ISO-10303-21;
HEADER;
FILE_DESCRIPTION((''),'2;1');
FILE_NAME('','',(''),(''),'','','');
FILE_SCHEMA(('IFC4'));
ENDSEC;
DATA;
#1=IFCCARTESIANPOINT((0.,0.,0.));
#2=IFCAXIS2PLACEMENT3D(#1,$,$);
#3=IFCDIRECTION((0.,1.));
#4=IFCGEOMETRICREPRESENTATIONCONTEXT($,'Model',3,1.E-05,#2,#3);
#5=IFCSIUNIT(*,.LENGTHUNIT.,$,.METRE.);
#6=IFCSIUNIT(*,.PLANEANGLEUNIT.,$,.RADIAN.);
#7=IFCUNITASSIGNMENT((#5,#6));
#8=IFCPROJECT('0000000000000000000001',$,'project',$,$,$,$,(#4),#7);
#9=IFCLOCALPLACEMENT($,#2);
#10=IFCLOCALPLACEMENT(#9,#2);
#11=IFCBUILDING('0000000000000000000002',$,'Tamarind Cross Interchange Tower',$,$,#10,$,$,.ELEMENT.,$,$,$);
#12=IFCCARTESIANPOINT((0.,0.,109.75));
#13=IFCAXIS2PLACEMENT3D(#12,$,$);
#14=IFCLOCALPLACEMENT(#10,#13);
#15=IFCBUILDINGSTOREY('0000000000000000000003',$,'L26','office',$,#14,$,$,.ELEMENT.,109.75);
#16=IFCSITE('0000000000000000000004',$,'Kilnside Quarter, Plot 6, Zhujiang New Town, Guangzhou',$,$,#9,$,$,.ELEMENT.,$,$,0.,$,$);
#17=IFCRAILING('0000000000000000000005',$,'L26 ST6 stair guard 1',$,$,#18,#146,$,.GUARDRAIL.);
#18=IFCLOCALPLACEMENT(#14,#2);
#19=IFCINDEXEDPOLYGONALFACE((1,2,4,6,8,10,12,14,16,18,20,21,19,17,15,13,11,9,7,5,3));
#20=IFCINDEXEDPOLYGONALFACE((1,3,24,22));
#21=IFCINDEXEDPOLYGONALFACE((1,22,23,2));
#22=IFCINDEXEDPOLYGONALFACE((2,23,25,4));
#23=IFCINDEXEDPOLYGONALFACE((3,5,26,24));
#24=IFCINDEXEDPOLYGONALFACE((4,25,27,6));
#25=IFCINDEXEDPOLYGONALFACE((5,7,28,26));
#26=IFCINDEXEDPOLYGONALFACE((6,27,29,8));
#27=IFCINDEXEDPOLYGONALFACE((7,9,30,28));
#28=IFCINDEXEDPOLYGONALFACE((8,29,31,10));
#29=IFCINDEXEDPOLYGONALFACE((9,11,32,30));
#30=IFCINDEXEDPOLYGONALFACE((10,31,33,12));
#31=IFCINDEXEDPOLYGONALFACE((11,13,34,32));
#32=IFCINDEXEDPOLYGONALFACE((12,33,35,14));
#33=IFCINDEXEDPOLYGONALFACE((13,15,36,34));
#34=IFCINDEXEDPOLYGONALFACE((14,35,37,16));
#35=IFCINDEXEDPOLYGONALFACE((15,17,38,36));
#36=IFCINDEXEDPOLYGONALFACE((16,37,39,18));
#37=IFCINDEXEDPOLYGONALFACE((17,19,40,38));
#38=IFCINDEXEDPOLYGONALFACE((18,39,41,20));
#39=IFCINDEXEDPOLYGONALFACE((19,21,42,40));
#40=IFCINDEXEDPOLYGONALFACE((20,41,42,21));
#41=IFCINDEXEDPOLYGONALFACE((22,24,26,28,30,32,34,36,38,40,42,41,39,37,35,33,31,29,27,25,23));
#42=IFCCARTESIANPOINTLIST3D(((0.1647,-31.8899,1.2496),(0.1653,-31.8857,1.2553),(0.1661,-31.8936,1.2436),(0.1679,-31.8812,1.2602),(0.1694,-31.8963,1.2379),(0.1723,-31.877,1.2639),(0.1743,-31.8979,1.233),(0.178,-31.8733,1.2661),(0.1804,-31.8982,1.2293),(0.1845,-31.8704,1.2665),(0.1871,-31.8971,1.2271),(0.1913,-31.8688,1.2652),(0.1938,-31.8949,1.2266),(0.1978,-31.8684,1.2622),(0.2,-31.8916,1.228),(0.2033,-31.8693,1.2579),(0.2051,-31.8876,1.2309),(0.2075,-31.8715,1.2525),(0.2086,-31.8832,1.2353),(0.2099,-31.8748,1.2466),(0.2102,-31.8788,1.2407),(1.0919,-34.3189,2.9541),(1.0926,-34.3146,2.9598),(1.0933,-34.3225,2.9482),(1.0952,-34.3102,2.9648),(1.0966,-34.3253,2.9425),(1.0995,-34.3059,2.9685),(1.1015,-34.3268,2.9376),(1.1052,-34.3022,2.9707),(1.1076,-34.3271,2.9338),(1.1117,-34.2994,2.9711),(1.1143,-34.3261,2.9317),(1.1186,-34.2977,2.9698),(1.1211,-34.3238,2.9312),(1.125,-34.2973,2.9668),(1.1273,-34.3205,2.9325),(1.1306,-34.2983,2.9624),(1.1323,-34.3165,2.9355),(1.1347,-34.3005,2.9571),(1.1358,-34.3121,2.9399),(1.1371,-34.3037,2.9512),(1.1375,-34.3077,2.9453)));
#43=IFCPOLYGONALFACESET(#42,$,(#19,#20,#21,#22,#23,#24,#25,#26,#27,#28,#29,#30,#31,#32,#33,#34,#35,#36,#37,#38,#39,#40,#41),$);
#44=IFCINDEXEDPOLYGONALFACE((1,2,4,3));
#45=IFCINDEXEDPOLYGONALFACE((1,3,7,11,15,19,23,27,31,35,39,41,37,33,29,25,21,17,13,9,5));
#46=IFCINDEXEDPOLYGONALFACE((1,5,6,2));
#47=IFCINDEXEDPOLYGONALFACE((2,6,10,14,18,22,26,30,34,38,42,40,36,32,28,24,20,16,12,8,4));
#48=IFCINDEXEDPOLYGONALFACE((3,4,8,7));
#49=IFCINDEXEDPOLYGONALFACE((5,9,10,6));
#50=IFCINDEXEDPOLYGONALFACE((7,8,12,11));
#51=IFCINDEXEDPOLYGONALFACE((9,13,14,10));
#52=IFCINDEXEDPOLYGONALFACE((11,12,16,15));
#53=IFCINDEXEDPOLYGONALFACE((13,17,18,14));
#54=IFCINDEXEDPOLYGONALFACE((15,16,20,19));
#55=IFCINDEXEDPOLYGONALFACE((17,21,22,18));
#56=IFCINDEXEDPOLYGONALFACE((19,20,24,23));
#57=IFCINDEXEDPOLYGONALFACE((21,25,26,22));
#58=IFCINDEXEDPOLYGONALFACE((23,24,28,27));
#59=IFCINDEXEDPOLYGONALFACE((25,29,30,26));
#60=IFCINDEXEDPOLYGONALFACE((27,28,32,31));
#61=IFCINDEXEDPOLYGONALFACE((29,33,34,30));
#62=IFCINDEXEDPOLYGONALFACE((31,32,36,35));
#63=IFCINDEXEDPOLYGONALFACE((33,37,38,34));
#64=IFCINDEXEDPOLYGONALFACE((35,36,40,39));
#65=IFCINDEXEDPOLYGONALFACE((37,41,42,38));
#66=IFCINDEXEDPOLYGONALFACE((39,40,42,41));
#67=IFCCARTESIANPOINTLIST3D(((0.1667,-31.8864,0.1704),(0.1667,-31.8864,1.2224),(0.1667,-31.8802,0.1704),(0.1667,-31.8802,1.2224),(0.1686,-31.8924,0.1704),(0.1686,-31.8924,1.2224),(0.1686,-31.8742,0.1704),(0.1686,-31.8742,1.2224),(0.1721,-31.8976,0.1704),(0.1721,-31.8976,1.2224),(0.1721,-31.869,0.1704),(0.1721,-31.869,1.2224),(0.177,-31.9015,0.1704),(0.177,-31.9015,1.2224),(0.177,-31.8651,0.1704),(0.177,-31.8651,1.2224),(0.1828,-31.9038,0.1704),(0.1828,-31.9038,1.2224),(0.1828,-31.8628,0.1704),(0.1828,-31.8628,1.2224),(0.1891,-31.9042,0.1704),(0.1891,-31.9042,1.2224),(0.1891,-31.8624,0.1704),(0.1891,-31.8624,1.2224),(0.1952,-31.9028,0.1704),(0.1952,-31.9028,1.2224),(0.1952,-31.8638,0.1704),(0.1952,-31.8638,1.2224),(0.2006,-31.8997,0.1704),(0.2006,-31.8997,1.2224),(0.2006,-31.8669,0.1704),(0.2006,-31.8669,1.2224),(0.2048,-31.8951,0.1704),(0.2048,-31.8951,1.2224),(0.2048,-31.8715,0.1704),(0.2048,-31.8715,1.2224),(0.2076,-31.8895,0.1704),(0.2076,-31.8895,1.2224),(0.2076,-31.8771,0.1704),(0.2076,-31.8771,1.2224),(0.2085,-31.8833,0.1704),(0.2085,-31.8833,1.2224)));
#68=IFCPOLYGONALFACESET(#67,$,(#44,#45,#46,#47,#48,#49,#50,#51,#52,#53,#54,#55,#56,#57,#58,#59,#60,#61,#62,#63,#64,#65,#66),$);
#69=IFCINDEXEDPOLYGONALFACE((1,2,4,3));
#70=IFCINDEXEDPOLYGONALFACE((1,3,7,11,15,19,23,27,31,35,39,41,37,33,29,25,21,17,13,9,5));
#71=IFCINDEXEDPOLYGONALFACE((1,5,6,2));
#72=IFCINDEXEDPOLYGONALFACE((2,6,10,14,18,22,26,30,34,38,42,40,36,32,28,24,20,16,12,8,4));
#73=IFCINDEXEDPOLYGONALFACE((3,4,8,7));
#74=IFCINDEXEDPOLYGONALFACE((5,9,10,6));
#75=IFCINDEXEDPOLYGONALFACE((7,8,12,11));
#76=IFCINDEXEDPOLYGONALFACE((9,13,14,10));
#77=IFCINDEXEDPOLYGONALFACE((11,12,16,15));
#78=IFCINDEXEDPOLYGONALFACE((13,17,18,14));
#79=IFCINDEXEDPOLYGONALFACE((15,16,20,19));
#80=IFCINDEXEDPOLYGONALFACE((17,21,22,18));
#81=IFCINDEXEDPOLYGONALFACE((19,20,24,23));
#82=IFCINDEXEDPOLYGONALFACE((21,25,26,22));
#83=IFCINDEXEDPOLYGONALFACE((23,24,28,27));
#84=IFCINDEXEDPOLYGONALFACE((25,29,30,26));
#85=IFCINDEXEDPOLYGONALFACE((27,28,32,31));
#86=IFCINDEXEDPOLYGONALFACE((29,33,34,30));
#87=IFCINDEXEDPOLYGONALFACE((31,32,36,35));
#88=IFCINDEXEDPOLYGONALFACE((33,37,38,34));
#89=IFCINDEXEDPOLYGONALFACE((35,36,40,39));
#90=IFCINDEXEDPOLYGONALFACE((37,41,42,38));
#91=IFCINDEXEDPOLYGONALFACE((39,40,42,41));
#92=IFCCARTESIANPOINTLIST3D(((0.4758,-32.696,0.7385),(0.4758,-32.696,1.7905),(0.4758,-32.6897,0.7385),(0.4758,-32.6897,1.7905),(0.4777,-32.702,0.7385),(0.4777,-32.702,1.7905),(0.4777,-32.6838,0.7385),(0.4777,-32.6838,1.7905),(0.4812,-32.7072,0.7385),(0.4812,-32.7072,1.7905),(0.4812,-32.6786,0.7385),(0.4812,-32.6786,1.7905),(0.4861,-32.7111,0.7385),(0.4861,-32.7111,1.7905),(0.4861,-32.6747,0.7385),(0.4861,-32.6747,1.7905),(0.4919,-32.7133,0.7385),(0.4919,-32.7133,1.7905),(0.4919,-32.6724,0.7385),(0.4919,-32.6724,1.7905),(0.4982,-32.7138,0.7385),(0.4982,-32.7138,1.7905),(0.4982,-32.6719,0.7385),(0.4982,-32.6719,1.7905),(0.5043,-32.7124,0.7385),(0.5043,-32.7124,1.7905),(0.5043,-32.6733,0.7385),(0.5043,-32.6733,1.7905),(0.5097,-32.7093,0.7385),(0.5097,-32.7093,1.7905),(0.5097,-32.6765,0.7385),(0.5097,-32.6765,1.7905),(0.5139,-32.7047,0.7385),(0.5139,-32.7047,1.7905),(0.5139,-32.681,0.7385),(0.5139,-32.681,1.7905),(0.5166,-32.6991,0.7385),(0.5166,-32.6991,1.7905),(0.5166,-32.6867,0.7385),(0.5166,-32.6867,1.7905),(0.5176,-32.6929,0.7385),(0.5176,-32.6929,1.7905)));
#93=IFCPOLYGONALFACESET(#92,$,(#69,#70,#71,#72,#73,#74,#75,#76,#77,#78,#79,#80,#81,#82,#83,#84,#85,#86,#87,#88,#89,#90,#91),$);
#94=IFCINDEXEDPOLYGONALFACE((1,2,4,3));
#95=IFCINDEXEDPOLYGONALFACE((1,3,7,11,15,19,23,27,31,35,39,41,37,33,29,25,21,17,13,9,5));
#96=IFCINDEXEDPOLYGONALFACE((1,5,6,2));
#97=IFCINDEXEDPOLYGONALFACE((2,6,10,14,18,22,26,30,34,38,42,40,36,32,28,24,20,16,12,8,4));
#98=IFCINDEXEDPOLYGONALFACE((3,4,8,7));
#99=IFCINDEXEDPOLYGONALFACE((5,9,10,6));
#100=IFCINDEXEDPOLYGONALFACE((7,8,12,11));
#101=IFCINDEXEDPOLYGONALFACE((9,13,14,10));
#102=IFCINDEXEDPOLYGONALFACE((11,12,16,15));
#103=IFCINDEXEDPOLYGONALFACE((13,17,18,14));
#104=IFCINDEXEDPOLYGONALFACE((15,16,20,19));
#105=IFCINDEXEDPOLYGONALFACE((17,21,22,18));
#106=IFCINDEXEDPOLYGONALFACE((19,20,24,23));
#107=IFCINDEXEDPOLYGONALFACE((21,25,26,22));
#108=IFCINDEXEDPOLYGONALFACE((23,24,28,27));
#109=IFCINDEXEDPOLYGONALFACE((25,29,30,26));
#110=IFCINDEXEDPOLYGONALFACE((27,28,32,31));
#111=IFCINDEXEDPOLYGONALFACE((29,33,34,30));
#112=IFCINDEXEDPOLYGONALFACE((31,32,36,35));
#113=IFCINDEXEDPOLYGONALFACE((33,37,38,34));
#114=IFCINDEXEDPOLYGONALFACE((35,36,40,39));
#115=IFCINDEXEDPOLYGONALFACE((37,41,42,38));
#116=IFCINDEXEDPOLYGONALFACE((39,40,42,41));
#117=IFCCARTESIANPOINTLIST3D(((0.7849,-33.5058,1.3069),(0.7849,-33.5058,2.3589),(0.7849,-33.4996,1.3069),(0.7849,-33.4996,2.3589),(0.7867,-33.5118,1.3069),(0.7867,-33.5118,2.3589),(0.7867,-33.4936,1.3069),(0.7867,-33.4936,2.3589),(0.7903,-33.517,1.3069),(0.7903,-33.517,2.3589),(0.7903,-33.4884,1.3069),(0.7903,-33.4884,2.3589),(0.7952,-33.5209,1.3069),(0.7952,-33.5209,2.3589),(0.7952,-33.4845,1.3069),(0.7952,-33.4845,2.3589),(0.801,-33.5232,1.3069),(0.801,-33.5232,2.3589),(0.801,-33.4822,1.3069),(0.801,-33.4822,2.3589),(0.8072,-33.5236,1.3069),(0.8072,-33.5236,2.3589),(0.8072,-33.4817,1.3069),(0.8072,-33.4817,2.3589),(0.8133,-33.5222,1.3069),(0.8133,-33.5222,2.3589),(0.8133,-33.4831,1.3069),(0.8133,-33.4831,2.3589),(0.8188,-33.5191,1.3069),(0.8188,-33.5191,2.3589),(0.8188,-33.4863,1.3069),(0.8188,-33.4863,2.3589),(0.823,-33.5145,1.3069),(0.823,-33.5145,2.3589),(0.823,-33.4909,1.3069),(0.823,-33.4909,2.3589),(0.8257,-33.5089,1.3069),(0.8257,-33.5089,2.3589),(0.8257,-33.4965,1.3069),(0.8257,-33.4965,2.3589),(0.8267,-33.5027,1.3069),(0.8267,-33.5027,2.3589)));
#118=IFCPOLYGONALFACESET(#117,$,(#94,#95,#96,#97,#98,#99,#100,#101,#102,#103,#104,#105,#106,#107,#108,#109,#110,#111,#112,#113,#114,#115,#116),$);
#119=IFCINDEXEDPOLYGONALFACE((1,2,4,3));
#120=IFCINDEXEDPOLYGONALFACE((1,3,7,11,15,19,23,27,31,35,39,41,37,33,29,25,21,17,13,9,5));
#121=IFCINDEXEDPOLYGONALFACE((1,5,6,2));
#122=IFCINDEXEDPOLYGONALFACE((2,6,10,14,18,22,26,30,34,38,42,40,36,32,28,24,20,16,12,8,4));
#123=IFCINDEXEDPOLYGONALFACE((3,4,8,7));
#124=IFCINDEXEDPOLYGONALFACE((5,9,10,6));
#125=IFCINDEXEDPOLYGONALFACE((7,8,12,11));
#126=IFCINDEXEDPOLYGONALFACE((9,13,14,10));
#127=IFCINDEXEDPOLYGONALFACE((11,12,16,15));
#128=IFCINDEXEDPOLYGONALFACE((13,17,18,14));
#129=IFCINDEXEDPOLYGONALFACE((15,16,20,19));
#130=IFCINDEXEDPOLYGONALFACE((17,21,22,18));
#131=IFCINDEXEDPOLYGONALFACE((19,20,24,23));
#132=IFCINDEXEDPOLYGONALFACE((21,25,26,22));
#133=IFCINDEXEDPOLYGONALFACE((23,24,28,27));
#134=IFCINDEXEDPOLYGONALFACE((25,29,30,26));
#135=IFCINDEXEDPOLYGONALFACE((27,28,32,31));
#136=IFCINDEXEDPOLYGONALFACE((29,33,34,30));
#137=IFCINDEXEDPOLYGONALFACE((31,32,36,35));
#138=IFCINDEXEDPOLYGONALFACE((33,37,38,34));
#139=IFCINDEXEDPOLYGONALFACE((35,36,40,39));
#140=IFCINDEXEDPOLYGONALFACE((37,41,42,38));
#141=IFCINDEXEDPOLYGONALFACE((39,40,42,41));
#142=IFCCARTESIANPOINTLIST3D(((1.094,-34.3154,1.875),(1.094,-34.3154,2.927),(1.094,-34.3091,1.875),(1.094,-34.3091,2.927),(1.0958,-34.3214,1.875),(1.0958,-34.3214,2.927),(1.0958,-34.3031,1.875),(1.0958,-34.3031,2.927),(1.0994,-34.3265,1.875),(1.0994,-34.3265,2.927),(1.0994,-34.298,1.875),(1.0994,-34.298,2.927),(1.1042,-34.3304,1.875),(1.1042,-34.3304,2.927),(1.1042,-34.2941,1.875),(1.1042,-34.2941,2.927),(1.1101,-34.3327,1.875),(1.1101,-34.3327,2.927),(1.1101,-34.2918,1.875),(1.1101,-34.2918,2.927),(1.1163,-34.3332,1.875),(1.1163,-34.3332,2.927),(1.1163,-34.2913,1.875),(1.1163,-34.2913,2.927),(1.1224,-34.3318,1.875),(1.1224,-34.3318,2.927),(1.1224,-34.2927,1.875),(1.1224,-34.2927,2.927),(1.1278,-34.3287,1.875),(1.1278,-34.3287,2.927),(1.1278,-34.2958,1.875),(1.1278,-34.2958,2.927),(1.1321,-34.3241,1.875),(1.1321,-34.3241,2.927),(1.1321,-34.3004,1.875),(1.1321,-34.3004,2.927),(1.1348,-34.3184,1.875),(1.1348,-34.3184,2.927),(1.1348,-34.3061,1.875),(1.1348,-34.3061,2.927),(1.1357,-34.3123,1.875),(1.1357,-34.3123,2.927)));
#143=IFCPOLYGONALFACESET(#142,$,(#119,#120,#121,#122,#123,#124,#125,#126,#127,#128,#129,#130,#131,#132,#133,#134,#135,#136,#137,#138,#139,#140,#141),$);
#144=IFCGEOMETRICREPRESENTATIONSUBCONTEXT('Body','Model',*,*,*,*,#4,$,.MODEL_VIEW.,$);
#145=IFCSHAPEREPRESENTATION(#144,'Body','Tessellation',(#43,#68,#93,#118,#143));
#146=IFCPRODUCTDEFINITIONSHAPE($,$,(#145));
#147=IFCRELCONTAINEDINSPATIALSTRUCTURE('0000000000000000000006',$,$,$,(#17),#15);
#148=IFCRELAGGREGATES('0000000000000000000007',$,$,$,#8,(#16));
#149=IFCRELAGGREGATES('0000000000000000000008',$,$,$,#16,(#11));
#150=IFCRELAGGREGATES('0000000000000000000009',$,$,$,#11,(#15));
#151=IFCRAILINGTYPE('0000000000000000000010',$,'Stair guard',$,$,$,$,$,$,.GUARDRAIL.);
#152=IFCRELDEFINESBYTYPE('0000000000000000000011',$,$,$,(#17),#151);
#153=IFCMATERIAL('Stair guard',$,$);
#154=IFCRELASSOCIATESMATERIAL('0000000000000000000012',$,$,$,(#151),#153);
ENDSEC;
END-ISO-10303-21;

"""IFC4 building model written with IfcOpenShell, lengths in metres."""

from ifc_helpers import new_model, si_unit, direction, frame, origin, origin_2d, place, context, subcontext, project, spatial, circle, extrude, material, type_object, element, save


model = new_model("IFC4")

# Units and contexts
model_context = context("Model", 3, precision=1e-05, world=origin(), true_north=direction((0.0, 1.0)))
body_context = subcontext(model_context, "Body", "Model", "MODEL_VIEW")
ifc_project = project(units=[si_unit("LENGTHUNIT", "METRE"), si_unit("PLANEANGLEUNIT", "RADIAN")], contexts=[model_context])

# Site, building, storey
site_placement = place(None, origin())
site = spatial("IfcSite", under=ifc_project, at=site_placement, Name="Kilnside Quarter, Plot 6, Zhujiang New Town, Guangzhou", CompositionType="ELEMENT", RefElevation=0.0)
building_placement = place(site_placement, origin())
building = spatial("IfcBuilding", under=site, at=building_placement, Name="Tamarind Cross Interchange Tower", CompositionType="ELEMENT")
storey_placement = place(building_placement, frame((0.0, 0.0, 109.75)))
storey = spatial("IfcBuildingStorey", under=building, at=storey_placement, Name="L26", Description="office", CompositionType="ELEMENT", Elevation=109.75)

# Railing
ifc_material_1 = material(Name="Stair guard")
railing_type_1 = type_object("IfcRailingType", Name="Stair guard", PredefinedType="GUARDRAIL", material=ifc_material_1)
railing_1_placement = place(storey_placement, frame((0.1875, -31.8833, 0.1704)))
element("IfcRailing", 1, at=railing_1_placement, inside=storey, type_object=railing_type_1, Name="L26 ST6 stair guard 1", PredefinedType="GUARDRAIL", context=body_context, shape_type="SweptSolid", body=[
    extrude(circle(Radius=0.0239, at=origin_2d()), frame((0.0, 0.0, 1.0762), z_axis=(0.298256, -0.781292, 0.548294), x_axis=(0.934241, 0.356643, 0.0)), (0.0, 0.0, 1.0), 3.1089),
    extrude(circle(Radius=0.021, at=origin_2d()), origin(), (0.0, 0.0, 1.0), 1.052),
    extrude(circle(Radius=0.021, at=origin_2d()), frame((0.3091, -0.8096, 0.5681)), (0.0, 0.0, 1.0), 1.052),
    extrude(circle(Radius=0.021, at=origin_2d()), frame((0.6182, -1.6194, 1.1365)), (0.0, 0.0, 1.0), 1.052),
    extrude(circle(Radius=0.021, at=origin_2d()), frame((0.9272, -2.429, 1.7046)), (0.0, 0.0, 1.0), 1.052),
])

save(model, "model.ifc")
